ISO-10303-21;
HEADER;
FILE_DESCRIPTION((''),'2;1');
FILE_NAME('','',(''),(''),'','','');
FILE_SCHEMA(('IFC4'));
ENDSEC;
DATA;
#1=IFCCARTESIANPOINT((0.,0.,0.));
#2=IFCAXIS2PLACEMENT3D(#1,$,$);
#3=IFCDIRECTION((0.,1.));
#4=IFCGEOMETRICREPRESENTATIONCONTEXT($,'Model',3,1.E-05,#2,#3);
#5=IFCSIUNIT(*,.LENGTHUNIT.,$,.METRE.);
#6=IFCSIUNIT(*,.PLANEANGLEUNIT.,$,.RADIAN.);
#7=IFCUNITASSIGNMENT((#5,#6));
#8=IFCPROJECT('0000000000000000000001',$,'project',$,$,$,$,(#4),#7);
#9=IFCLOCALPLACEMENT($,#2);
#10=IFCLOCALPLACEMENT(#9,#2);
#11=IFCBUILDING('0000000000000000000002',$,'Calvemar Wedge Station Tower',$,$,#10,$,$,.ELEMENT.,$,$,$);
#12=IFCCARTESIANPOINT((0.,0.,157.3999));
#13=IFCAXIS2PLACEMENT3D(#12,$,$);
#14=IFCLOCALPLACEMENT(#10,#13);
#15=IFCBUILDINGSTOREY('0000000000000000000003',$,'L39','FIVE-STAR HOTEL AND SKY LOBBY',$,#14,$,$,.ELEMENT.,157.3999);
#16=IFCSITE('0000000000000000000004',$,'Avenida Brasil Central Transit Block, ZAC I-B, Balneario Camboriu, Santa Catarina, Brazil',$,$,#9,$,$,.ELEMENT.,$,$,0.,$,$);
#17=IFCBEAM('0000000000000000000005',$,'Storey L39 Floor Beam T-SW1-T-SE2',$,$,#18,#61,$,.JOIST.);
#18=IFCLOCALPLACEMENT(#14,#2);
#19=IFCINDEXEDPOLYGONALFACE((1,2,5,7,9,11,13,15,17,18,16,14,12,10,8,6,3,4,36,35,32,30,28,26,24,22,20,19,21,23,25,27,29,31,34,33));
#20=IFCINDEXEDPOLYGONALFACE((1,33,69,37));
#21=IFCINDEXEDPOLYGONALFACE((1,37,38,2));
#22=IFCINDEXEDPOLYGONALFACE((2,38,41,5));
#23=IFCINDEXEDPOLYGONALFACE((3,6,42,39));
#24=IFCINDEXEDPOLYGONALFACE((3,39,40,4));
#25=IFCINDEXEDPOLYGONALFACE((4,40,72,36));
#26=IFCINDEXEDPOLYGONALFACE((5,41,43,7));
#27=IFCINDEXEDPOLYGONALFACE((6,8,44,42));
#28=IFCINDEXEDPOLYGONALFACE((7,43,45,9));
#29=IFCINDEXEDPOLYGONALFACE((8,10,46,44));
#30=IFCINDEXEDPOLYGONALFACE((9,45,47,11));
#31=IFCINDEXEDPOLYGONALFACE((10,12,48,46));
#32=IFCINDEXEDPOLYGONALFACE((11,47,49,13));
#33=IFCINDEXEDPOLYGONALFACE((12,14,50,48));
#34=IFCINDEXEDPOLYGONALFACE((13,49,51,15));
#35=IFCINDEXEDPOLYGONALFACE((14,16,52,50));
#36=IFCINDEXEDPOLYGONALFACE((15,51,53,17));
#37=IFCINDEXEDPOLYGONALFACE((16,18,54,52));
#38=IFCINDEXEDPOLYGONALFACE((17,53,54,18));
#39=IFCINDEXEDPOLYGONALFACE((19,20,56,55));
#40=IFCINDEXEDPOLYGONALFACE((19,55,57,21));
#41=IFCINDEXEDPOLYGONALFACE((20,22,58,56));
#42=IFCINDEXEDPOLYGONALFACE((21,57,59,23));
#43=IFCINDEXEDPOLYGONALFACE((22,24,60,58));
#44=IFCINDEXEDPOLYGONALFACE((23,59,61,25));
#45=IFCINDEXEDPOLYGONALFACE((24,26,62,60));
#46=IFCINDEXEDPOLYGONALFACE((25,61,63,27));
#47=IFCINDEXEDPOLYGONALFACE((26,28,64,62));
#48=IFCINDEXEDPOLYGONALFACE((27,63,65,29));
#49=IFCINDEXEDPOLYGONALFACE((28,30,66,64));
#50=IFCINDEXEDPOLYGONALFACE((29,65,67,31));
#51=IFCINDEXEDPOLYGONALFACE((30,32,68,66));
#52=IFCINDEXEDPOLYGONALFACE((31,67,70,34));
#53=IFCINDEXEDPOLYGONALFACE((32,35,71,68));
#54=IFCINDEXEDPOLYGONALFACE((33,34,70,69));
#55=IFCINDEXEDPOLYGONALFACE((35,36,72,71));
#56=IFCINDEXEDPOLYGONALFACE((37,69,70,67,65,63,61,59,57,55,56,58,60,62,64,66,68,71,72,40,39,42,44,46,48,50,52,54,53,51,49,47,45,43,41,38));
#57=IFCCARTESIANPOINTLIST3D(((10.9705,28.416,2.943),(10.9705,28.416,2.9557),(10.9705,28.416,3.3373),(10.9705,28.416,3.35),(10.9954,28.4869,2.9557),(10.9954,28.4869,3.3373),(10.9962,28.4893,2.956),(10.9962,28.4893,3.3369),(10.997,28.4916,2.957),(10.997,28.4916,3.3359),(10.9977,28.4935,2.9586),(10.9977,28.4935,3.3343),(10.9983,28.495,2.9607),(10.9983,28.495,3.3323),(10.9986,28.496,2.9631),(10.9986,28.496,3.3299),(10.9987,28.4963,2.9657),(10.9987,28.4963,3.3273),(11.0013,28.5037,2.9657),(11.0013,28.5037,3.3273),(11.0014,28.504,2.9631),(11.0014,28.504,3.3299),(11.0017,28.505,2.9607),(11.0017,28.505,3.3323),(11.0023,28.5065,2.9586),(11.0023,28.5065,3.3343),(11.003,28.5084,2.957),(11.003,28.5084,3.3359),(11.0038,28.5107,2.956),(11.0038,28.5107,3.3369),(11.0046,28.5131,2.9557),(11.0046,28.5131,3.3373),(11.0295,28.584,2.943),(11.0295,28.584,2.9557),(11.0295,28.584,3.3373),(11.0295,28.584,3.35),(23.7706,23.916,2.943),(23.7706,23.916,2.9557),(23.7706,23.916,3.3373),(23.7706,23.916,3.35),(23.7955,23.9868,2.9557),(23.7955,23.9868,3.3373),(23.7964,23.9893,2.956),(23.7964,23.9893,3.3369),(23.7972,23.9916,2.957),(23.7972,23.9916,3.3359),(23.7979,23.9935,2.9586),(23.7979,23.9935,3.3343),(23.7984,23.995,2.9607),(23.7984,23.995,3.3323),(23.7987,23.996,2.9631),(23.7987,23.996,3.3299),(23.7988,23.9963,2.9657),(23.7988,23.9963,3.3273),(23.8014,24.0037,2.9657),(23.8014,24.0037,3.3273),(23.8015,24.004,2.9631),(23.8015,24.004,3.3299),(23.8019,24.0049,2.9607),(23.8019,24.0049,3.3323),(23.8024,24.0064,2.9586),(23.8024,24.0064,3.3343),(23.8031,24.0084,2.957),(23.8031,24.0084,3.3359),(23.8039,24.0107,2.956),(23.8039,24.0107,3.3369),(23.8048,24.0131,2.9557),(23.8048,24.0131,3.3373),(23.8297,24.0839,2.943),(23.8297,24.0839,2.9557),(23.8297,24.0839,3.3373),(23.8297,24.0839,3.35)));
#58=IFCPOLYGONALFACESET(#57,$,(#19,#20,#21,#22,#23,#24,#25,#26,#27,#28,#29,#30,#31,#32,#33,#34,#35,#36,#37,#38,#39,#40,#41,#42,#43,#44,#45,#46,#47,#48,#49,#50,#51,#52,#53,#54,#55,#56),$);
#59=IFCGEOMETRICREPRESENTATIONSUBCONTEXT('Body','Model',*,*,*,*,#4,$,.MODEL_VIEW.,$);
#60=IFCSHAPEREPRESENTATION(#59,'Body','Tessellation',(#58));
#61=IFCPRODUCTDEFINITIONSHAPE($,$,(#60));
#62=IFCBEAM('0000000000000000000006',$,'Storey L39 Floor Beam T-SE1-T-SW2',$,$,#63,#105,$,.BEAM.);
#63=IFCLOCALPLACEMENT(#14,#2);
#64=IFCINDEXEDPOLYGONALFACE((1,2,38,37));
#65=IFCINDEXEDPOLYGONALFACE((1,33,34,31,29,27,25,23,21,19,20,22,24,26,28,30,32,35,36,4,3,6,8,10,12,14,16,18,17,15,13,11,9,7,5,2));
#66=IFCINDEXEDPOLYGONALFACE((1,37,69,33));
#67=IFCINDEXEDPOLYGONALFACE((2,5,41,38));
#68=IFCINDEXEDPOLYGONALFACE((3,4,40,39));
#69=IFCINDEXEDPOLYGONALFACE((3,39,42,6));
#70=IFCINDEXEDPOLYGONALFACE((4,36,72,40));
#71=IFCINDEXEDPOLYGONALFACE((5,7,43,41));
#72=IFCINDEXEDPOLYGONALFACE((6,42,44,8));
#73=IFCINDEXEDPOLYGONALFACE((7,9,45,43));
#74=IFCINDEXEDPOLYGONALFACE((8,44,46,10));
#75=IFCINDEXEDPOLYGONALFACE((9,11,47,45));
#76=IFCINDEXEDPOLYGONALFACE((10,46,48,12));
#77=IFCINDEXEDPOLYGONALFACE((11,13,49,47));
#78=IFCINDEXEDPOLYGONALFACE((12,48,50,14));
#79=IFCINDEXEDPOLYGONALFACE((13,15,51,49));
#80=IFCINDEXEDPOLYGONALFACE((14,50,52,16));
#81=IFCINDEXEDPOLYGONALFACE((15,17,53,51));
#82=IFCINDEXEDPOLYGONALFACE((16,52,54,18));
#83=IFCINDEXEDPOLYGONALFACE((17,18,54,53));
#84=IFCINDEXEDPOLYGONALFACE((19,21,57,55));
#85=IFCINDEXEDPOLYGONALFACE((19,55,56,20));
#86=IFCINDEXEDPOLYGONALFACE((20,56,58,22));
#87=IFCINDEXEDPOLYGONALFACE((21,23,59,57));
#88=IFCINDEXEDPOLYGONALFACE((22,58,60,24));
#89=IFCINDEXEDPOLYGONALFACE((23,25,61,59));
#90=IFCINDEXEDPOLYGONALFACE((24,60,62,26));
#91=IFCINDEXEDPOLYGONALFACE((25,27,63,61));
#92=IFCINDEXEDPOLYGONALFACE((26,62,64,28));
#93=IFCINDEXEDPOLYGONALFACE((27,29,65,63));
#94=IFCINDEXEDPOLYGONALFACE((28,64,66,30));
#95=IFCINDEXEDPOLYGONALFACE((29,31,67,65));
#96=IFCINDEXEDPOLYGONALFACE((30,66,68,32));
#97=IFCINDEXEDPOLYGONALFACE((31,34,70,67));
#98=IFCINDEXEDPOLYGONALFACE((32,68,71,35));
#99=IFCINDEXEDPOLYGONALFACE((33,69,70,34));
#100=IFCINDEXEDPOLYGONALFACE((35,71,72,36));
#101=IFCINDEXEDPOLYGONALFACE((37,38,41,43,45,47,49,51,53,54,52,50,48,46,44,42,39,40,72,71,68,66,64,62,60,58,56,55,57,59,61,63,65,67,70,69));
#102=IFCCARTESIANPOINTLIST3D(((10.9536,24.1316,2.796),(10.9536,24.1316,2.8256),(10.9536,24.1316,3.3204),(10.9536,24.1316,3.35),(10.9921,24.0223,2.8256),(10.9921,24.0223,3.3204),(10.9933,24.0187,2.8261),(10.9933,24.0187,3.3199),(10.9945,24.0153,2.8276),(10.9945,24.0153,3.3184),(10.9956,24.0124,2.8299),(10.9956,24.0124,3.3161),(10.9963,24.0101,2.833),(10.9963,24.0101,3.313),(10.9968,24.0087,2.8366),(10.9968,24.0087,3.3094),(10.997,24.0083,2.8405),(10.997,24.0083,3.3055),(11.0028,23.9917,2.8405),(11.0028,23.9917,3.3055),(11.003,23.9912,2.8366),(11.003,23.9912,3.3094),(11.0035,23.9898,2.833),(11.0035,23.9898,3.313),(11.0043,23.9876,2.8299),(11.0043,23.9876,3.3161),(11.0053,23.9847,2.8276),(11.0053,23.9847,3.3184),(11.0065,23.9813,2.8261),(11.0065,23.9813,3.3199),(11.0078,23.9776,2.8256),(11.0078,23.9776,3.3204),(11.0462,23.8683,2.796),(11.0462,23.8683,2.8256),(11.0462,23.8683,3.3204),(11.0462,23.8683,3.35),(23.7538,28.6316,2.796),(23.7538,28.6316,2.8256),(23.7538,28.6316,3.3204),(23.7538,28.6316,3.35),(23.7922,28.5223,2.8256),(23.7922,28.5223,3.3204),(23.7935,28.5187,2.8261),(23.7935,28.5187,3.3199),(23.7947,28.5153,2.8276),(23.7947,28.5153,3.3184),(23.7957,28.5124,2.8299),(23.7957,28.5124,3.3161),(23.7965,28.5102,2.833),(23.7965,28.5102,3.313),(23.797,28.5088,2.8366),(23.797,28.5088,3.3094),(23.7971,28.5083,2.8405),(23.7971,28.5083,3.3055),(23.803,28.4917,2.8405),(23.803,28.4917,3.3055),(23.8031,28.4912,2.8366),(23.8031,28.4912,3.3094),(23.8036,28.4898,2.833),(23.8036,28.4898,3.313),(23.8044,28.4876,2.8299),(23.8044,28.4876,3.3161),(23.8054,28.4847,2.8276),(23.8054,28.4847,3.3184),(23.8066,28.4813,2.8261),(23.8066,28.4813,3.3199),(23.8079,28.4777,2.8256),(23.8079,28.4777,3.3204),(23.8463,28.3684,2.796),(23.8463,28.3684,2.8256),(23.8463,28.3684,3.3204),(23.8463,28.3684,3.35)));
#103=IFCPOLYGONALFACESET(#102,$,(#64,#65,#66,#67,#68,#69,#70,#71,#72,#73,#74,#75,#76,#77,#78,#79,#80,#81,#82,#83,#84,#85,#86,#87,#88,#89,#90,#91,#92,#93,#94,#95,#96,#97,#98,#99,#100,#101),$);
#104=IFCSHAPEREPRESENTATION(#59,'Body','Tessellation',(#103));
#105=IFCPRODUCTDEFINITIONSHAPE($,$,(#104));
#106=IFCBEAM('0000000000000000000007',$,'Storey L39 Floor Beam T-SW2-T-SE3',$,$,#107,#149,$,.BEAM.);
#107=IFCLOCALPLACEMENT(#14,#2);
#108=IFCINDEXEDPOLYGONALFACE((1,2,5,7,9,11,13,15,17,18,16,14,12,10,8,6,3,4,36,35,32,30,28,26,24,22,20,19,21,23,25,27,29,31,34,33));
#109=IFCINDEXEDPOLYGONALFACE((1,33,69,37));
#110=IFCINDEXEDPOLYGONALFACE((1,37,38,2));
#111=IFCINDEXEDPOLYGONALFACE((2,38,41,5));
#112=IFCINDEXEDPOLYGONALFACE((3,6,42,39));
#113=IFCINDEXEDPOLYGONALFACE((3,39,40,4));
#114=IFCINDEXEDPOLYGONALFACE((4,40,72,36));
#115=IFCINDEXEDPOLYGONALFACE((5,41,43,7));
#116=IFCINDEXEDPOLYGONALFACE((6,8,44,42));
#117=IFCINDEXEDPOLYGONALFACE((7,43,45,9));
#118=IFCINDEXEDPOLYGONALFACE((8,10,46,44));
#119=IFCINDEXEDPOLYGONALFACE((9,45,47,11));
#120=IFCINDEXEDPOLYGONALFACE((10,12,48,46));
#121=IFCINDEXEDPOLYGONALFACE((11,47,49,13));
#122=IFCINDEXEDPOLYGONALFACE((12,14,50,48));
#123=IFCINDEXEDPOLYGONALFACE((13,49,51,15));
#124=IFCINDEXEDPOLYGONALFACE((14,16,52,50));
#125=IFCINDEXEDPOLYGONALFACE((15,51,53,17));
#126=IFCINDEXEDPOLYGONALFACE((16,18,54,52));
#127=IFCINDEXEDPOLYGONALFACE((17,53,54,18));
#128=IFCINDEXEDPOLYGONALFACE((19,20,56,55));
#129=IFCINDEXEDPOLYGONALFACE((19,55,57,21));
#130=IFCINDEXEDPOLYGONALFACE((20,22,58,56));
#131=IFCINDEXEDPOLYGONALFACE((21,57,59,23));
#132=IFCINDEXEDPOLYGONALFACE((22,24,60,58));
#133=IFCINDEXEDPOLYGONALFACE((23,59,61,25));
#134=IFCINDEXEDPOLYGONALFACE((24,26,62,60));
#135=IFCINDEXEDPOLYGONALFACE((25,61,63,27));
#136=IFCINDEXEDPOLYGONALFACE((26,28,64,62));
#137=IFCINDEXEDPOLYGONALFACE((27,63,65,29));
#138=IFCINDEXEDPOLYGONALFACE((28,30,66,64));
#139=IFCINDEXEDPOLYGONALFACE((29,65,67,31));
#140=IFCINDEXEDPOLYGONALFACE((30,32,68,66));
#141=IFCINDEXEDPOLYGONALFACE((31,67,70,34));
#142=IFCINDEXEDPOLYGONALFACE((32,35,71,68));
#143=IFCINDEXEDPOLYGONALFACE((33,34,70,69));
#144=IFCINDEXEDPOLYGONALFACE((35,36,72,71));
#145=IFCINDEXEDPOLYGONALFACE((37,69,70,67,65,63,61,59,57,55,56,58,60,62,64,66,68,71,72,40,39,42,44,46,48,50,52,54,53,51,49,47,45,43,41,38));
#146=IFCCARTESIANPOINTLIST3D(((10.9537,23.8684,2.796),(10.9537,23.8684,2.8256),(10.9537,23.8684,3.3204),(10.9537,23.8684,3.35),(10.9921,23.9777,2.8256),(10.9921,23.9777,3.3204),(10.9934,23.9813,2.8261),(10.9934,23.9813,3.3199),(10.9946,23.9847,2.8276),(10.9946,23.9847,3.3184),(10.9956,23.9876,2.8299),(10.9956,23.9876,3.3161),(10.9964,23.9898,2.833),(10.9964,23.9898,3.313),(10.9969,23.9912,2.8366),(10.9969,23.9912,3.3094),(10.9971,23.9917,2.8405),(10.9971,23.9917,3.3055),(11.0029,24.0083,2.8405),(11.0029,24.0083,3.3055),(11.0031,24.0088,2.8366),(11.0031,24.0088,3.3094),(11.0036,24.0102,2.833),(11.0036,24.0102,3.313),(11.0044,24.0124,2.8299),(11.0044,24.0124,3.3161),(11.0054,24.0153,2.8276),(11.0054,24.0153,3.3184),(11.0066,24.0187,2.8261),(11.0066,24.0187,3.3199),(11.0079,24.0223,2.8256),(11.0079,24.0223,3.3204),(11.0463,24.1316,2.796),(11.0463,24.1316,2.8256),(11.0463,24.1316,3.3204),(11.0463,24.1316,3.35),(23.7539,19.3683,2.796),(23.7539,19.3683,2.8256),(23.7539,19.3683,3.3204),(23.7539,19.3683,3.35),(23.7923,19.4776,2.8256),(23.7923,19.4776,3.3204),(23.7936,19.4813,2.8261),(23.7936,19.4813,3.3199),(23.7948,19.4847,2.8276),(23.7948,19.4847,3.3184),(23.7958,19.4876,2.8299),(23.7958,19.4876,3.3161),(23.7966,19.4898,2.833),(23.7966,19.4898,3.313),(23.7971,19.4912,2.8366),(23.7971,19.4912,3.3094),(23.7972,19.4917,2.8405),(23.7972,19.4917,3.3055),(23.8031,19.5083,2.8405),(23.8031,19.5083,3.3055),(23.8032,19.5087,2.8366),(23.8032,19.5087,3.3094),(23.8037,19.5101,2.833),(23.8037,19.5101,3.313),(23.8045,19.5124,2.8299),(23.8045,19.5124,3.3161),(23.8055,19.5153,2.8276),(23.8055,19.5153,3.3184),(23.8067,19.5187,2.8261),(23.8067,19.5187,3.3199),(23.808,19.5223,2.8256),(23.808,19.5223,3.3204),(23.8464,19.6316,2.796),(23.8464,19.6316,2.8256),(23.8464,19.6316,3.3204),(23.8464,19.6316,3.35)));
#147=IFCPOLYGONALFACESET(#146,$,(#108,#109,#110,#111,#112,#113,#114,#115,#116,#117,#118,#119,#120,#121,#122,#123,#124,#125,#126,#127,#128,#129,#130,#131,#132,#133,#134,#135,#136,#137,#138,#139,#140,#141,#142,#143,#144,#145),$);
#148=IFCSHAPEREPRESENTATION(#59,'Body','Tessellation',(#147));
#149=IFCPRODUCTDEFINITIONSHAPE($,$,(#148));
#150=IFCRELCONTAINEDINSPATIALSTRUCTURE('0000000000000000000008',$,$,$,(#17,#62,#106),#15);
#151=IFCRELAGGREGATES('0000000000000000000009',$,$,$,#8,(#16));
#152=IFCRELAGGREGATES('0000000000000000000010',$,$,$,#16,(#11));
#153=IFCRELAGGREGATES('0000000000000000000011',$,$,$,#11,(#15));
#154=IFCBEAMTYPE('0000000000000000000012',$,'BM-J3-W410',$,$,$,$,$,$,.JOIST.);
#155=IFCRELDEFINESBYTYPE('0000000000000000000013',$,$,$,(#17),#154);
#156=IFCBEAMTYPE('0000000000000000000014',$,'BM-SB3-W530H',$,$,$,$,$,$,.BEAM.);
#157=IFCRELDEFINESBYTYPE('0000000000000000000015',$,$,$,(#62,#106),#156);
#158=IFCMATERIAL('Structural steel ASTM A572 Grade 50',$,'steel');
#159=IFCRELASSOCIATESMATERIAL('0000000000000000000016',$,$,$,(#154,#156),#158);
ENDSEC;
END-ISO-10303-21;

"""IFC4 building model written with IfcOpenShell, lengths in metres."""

from ifc_helpers import new_model, si_unit, direction, frame, origin, origin_2d, place, context, subcontext, project, spatial, i_section, extrude, source, transform, mapped, material, material_profile, profile_set, type_object, element, save


model = new_model("IFC4")

# Units and contexts
model_context = context("Model", 3, precision=1e-05, world=origin(), true_north=direction((0.0, 1.0)))
body_context = subcontext(model_context, "Body", "Model", "MODEL_VIEW")
ifc_project = project(units=[si_unit("LENGTHUNIT", "METRE"), si_unit("PLANEANGLEUNIT", "RADIAN")], contexts=[model_context])

# Site, building, storey
site_placement = place(None, origin())
site = spatial("IfcSite", under=ifc_project, at=site_placement, Name="Avenida Brasil Central Transit Block, ZAC I-B, Balneario Camboriu, Santa Catarina, Brazil", CompositionType="ELEMENT", RefElevation=0.0)
building_placement = place(site_placement, origin())
building = spatial("IfcBuilding", under=site, at=building_placement, Name="Calvemar Wedge Station Tower", CompositionType="ELEMENT")
storey_placement = place(building_placement, frame((0.0, 0.0, 157.3999)))
storey = spatial("IfcBuildingStorey", under=building, at=storey_placement, Name="L39", Description="FIVE-STAR HOTEL AND SKY LOBBY", CompositionType="ELEMENT", Elevation=157.3999)

# Beams
ifc_material_1 = material(Name="Structural steel ASTM A572 Grade 50", Category="steel")
ifc_material_profile_1 = material_profile(ifc_material_1, i_section(OverallWidth=0.178, OverallDepth=0.407, WebThickness=0.0078, FlangeThickness=0.0127, FilletRadius=0.01, at=origin_2d()), Name="W410x60")
ifc_profile_set_1 = profile_set([ifc_material_profile_1], Name="Structural steel ASTM A572 Grade 50")
beam_type_1 = type_object("IfcBeamType", Name="BM-J3-W410", PredefinedType="JOIST", material=ifc_profile_set_1)
shared_shape_1 = source(origin(), body_context, "Body", "SweptSolid", [
    extrude(i_section(OverallWidth=0.178, OverallDepth=0.407, WebThickness=0.0078, FlangeThickness=0.0127, FilletRadius=0.01, at=origin_2d()), origin(), (0.0, 0.0, 1.0), 13.5681),
])
for number, where, z_axis, x_axis, name in (
    (1, (11.0, 28.5, 3.1465), (0.943398, -0.331662, 0.0), (0.331662, 0.943398, 0.0), "Storey L39 Floor Beam T-SW1-T-SE2"),
):
    element("IfcBeam", number, at=place(storey_placement, frame(where, z_axis=z_axis, x_axis=x_axis)), inside=storey, type_object=beam_type_1, Name=name, PredefinedType="JOIST", context=body_context, shape_type="MappedRepresentation", body=[
        mapped(shared_shape_1, transform((0.0, 0.0, 0.0), scale=1.0)),
    ])
ifc_material_profile_2 = material_profile(ifc_material_1, i_section(OverallWidth=0.2791, OverallDepth=0.554, WebThickness=0.0176, FlangeThickness=0.0295, FilletRadius=0.0149, at=origin_2d()), Name="W530x196")
ifc_profile_set_2 = profile_set([ifc_material_profile_2], Name="Structural steel ASTM A572 Grade 50")
beam_type_2 = type_object("IfcBeamType", Name="BM-SB3-W530H", PredefinedType="BEAM", material=ifc_profile_set_2)
shared_shape_2 = source(origin(), body_context, "Body", "SweptSolid", [
    extrude(i_section(OverallWidth=0.2791, OverallDepth=0.554, WebThickness=0.0176, FlangeThickness=0.0295, FilletRadius=0.0149, at=origin_2d()), origin(), (0.0, 0.0, 1.0), 13.5681),
])
for number, where, z_axis, x_axis, name in (
    (2, (23.8, 28.5, 3.073), (-0.943398, -0.331662, 0.0), (0.331662, -0.943398, 0.0), "Storey L39 Floor Beam T-SE1-T-SW2"),
    (3, (11.0, 24.0, 3.073), (0.943398, -0.331662, 0.0), (0.331662, 0.943398, 0.0), "Storey L39 Floor Beam T-SW2-T-SE3"),
):
    element("IfcBeam", number, at=place(storey_placement, frame(where, z_axis=z_axis, x_axis=x_axis)), inside=storey, type_object=beam_type_2, Name=name, PredefinedType="BEAM", context=body_context, shape_type="MappedRepresentation", body=[
        mapped(shared_shape_2, transform((0.0, 0.0, 0.0), scale=1.0)),
    ])

save(model, "model.ifc")
